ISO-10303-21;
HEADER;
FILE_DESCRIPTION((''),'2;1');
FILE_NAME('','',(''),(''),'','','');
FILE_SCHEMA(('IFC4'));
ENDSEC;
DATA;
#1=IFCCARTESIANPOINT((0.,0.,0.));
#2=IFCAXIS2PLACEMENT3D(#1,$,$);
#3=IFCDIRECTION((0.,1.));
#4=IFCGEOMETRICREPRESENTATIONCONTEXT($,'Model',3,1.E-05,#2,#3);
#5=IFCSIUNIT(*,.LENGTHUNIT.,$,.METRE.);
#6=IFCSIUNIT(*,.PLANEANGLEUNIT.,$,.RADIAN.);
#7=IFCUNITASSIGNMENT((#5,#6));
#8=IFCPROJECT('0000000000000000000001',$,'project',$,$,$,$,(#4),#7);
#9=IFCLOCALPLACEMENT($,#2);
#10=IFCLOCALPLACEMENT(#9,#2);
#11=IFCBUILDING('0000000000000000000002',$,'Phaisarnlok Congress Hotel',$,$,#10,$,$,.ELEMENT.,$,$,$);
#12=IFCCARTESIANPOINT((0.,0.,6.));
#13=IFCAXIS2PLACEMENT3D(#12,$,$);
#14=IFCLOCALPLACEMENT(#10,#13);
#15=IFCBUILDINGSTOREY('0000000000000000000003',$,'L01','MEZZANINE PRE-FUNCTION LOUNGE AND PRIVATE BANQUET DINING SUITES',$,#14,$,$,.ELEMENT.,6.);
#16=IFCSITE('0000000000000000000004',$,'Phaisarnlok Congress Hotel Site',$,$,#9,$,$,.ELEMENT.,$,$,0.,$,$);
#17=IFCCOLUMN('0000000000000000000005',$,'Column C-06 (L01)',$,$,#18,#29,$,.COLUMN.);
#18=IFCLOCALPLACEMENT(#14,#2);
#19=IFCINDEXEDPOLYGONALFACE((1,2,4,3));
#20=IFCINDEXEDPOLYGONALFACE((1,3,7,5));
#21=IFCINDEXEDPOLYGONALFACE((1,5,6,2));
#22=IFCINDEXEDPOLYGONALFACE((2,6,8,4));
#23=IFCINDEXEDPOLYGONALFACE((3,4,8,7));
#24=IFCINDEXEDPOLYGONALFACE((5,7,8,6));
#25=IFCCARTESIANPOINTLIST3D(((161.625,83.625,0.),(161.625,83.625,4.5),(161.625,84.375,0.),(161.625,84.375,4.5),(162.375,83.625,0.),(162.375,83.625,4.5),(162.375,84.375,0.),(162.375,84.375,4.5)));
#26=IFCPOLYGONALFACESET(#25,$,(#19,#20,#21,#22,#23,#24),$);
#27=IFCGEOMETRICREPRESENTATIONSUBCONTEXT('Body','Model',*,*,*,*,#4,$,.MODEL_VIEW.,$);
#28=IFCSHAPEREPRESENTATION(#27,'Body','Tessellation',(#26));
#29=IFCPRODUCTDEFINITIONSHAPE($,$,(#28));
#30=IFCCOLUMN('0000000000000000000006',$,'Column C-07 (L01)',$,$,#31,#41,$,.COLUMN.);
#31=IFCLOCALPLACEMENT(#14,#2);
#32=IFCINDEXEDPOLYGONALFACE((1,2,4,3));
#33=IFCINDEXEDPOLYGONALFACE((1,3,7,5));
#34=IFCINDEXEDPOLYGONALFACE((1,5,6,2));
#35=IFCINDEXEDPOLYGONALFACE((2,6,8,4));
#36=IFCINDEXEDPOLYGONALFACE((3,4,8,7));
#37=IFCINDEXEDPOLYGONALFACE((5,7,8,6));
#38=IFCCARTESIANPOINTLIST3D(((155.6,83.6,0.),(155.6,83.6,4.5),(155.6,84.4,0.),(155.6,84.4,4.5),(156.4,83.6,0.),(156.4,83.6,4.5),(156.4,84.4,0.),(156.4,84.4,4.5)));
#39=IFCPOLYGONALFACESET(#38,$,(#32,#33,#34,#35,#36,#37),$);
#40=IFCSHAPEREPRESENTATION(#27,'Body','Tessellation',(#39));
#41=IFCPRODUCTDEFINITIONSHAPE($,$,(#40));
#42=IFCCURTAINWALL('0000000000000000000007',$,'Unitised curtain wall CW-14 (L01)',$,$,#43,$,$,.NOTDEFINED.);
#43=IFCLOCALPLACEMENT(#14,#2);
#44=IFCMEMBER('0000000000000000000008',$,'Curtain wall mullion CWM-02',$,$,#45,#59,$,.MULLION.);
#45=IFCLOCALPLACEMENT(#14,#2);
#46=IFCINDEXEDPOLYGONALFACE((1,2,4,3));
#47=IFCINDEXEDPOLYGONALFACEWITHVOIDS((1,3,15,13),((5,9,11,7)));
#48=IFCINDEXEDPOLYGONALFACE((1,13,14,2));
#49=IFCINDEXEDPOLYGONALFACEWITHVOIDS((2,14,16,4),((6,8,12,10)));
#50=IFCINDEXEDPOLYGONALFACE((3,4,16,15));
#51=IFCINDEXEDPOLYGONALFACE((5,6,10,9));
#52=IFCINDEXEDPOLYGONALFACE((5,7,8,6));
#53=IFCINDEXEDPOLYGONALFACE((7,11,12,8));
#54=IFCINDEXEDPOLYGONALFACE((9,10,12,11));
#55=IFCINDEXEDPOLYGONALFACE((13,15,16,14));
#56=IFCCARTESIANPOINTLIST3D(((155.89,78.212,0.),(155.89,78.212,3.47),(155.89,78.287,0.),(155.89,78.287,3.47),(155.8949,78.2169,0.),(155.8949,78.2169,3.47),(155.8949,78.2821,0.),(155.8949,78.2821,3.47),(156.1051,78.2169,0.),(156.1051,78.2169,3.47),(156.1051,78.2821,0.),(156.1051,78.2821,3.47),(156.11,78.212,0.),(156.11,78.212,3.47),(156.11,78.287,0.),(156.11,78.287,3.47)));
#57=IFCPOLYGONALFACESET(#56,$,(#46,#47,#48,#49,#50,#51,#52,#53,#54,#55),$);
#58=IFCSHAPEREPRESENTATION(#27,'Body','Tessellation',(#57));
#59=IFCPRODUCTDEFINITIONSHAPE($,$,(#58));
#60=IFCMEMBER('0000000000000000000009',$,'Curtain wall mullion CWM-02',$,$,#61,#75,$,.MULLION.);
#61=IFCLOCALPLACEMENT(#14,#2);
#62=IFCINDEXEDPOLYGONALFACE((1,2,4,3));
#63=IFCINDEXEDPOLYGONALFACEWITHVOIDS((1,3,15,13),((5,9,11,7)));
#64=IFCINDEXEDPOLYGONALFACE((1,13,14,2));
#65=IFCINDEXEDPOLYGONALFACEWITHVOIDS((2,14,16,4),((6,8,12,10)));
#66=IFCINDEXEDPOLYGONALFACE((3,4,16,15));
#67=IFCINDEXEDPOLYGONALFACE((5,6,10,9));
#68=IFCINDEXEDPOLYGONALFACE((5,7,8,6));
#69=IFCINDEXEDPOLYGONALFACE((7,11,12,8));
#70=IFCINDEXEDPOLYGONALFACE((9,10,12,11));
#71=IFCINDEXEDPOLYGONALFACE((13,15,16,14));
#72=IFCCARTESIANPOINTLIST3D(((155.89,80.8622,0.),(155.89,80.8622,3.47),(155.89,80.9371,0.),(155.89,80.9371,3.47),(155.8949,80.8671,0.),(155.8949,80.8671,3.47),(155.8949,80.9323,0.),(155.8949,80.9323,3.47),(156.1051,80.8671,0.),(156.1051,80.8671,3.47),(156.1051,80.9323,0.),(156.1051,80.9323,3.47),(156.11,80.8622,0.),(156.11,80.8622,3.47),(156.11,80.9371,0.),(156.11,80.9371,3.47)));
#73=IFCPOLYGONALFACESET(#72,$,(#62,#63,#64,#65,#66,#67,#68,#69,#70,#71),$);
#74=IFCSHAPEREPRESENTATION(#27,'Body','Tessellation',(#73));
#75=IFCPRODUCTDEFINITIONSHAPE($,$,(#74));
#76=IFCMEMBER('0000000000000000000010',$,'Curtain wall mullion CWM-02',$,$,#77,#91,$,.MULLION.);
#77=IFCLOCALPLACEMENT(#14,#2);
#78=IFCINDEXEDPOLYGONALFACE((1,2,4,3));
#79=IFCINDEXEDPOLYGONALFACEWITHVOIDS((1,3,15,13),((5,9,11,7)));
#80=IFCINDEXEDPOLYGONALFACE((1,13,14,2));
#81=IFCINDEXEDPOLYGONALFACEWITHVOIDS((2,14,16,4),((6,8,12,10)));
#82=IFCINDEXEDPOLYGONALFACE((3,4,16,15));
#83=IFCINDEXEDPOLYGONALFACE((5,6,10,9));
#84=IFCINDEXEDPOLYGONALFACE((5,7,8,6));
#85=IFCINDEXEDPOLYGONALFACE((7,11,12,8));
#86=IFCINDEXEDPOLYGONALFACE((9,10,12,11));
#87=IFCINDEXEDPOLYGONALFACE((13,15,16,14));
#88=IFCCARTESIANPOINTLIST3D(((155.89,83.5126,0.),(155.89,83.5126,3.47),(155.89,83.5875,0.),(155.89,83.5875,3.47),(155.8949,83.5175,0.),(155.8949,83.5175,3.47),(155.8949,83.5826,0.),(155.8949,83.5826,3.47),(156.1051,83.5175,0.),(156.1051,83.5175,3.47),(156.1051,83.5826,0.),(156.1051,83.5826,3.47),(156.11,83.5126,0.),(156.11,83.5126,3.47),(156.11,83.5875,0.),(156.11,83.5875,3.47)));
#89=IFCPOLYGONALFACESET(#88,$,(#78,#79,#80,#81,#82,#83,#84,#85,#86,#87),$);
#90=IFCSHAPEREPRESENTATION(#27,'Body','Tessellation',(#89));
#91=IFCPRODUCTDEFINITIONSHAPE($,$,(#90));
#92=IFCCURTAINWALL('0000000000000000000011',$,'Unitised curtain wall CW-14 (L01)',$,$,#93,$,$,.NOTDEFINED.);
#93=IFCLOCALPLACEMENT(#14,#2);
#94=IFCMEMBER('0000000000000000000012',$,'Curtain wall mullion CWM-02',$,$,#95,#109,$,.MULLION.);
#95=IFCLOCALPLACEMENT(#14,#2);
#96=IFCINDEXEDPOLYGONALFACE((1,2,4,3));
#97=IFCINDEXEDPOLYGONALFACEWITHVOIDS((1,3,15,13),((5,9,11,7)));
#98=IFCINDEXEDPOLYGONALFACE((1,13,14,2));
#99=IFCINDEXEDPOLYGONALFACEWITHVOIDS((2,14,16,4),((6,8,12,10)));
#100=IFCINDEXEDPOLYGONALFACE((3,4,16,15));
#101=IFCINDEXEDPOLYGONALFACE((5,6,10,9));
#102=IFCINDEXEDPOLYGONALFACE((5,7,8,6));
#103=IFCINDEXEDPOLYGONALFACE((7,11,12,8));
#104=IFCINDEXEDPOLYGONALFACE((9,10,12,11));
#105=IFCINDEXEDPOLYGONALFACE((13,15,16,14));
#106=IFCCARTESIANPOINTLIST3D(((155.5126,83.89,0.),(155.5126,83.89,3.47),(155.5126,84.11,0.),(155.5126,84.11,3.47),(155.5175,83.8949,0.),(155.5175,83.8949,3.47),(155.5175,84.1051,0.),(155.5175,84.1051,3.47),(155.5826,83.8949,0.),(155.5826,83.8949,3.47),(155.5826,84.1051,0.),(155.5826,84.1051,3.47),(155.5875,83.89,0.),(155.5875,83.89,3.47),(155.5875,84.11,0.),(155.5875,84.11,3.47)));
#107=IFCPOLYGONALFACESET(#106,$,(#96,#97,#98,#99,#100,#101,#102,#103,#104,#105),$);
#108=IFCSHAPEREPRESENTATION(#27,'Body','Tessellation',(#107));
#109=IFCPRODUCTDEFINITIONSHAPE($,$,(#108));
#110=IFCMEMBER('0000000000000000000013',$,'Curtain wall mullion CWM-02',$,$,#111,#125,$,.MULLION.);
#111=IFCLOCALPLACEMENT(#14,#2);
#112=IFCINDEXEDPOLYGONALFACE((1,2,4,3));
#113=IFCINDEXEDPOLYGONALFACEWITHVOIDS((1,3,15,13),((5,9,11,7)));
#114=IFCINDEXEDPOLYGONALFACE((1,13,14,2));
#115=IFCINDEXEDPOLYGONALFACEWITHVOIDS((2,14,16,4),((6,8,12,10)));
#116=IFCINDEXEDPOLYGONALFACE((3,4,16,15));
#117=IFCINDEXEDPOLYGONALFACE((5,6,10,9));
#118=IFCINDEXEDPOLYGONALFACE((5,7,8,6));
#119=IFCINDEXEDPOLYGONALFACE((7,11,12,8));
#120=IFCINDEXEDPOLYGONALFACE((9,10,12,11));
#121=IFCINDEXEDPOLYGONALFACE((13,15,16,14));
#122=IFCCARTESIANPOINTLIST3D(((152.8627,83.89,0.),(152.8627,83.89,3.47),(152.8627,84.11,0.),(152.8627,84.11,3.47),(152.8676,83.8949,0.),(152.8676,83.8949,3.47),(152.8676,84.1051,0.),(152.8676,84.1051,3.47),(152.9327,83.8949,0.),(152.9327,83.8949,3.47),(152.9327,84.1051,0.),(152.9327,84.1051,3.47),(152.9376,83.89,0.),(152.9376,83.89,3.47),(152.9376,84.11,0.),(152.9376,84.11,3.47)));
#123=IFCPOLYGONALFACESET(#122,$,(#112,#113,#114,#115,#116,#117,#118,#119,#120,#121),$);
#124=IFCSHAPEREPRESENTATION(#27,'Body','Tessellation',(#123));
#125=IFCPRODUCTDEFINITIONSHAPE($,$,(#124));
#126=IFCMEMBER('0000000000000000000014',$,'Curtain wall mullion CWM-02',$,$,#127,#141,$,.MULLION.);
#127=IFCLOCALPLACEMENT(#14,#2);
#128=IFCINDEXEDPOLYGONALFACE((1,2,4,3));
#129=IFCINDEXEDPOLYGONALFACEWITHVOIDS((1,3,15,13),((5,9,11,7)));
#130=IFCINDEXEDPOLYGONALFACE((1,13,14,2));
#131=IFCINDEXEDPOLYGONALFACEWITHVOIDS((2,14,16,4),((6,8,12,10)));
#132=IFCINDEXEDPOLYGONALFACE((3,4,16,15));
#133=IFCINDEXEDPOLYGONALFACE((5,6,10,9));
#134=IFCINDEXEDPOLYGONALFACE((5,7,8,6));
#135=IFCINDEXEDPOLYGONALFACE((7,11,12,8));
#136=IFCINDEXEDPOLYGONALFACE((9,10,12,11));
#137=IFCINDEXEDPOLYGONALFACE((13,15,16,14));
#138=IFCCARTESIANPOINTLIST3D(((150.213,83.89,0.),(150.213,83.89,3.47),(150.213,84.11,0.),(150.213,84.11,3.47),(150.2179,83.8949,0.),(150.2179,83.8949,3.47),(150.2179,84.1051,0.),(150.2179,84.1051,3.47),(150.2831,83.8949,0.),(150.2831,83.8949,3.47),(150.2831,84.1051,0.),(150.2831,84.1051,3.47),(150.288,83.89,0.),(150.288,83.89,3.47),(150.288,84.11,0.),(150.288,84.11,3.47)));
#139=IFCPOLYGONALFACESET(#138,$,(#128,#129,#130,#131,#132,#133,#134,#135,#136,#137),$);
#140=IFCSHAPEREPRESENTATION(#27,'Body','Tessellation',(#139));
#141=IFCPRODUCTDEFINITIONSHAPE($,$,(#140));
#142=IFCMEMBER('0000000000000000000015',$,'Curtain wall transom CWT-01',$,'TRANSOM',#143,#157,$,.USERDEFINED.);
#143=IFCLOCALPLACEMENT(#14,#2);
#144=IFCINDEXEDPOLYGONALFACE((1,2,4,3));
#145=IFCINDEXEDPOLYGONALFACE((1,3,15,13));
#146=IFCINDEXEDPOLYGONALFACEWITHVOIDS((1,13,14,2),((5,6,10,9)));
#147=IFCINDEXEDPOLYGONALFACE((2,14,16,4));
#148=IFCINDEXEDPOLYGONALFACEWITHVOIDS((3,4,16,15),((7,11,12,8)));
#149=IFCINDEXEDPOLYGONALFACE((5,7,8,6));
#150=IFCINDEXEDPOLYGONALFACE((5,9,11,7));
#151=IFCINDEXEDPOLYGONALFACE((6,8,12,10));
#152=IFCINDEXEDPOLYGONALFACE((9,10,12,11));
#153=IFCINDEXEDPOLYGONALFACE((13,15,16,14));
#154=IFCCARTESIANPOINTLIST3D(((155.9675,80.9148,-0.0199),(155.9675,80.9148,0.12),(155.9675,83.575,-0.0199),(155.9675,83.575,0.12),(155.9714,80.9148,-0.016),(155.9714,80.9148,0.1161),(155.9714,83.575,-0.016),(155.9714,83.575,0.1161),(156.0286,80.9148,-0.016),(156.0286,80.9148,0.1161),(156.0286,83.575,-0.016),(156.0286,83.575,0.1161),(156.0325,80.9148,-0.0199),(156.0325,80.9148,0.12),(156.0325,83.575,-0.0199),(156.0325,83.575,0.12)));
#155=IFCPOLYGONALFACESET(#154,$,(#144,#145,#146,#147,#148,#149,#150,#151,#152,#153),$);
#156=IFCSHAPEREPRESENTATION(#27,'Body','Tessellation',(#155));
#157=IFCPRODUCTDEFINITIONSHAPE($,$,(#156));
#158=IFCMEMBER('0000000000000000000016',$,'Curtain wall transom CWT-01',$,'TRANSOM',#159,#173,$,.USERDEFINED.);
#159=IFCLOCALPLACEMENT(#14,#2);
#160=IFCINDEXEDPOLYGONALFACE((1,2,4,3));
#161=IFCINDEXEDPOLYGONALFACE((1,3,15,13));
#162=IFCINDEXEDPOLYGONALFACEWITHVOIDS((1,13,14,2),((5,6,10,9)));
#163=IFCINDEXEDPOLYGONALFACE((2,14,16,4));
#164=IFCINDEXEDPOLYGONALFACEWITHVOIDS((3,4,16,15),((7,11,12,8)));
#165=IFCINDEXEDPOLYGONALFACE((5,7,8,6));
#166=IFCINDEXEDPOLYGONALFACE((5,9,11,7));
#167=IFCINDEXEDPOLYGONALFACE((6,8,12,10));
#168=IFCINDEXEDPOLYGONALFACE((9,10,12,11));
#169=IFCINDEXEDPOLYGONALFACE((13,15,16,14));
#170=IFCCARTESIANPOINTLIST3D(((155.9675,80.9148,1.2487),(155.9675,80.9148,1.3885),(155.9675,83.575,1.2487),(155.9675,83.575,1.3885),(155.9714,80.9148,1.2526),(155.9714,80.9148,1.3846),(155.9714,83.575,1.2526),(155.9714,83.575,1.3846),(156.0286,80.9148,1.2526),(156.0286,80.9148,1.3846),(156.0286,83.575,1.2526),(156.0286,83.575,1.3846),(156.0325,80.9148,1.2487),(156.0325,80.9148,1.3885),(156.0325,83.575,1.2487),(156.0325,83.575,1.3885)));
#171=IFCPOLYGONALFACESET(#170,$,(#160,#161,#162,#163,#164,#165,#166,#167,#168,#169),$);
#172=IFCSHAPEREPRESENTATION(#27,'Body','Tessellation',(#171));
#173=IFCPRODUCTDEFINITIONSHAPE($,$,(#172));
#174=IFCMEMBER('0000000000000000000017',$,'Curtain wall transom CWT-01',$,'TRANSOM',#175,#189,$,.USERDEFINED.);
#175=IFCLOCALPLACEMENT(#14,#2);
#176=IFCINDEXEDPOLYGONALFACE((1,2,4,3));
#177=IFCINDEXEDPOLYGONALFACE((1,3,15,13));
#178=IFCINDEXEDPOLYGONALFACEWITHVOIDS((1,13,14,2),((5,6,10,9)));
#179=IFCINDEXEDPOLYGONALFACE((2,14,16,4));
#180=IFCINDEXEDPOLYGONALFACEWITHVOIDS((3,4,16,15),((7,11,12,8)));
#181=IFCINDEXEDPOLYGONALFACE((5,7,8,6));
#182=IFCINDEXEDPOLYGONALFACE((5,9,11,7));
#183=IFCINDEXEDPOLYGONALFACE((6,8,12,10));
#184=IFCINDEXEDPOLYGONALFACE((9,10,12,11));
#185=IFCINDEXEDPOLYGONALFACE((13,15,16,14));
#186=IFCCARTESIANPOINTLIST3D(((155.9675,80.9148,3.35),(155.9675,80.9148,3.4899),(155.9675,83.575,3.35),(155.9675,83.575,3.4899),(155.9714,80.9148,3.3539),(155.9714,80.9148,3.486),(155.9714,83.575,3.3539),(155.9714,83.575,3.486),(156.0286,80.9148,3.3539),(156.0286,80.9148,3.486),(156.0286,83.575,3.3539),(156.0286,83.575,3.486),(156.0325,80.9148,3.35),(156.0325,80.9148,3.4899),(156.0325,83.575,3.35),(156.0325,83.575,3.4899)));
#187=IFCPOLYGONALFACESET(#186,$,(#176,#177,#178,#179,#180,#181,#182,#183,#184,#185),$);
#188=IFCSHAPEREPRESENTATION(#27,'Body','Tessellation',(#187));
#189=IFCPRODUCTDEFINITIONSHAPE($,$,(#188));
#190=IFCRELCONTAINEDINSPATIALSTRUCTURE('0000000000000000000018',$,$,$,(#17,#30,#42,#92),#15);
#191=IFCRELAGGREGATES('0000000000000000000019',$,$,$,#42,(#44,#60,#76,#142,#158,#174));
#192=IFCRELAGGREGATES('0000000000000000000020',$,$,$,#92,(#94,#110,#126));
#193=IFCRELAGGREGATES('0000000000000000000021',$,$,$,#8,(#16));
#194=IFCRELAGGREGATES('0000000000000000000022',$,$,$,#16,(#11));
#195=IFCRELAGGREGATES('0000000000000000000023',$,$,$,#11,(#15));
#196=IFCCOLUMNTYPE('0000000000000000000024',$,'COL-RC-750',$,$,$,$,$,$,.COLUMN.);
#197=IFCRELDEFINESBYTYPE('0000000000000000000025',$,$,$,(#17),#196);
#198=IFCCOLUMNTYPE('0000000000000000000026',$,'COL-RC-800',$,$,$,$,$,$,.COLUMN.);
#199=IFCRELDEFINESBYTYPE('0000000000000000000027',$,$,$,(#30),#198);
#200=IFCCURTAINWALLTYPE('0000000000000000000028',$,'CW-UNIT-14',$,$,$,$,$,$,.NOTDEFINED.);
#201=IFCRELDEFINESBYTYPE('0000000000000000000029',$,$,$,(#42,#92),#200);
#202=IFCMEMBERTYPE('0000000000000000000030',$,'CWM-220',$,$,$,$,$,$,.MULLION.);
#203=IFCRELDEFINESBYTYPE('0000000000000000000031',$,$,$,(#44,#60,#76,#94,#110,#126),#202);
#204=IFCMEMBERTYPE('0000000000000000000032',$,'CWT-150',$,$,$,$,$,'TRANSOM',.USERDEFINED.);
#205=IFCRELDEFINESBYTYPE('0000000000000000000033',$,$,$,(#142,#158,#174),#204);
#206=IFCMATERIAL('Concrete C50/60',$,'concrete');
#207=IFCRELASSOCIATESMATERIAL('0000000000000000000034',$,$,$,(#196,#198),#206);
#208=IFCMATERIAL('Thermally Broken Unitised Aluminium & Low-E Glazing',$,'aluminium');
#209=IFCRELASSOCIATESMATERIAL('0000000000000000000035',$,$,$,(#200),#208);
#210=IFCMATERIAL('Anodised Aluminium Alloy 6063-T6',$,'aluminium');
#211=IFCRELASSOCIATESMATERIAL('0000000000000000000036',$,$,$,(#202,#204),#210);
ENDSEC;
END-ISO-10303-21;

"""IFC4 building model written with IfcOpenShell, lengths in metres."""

from ifc_helpers import new_model, si_unit, direction, frame, origin, origin_2d, place, context, subcontext, project, spatial, rectangle, hollow_rectangle, extrude, material, material_profile, profile_set, type_object, element, aggregate, save


model = new_model("IFC4")

# Units and contexts
model_context = context("Model", 3, precision=1e-05, world=origin(), true_north=direction((0.0, 1.0)))
body_context = subcontext(model_context, "Body", "Model", "MODEL_VIEW")
ifc_project = project(units=[si_unit("LENGTHUNIT", "METRE"), si_unit("PLANEANGLEUNIT", "RADIAN")], contexts=[model_context])

# Site, building, storey
site_placement = place(None, origin())
site = spatial("IfcSite", under=ifc_project, at=site_placement, Name="Phaisarnlok Congress Hotel Site", CompositionType="ELEMENT", RefElevation=0.0)
building_placement = place(site_placement, origin())
building = spatial("IfcBuilding", under=site, at=building_placement, Name="Phaisarnlok Congress Hotel", CompositionType="ELEMENT")
storey_placement = place(building_placement, frame((0.0, 0.0, 6.0)))
storey = spatial("IfcBuildingStorey", under=building, at=storey_placement, Name="L01", Description="MEZZANINE PRE-FUNCTION LOUNGE AND PRIVATE BANQUET DINING SUITES", CompositionType="ELEMENT", Elevation=6.0)

# Columns
ifc_material_1 = material(Name="Concrete C50/60", Category="concrete")
ifc_material_profile_1 = material_profile(ifc_material_1, rectangle(XDim=0.75, YDim=0.75, at=origin_2d()), Name="RC 750x750")
ifc_profile_set_1 = profile_set([ifc_material_profile_1], Name="Concrete C50/60")
column_type_1 = type_object("IfcColumnType", Name="COL-RC-750", PredefinedType="COLUMN", material=ifc_profile_set_1)
column_1_placement = place(storey_placement, frame((162.0, 84.0, 0.0), z_axis=(0.0, 0.0, 1.0), x_axis=(1.0, 0.0, 0.0)))
element("IfcColumn", 1, at=column_1_placement, inside=storey, type_object=column_type_1, Name="Column C-06 (L01)", PredefinedType="COLUMN", context=body_context, shape_type="SweptSolid", body=[
    extrude(rectangle(XDim=0.75, YDim=0.75, at=origin_2d()), origin(), (0.0, 0.0, 1.0), 4.5),
])
ifc_material_profile_2 = material_profile(ifc_material_1, rectangle(XDim=0.8, YDim=0.8, at=origin_2d()), Name="RC 800x800")
ifc_profile_set_2 = profile_set([ifc_material_profile_2], Name="Concrete C50/60")
column_type_2 = type_object("IfcColumnType", Name="COL-RC-800", PredefinedType="COLUMN", material=ifc_profile_set_2)
column_2_placement = place(storey_placement, frame((156.0, 84.0, 0.0), z_axis=(0.0, 0.0, 1.0), x_axis=(1.0, 0.0, 0.0)))
element("IfcColumn", 2, at=column_2_placement, inside=storey, type_object=column_type_2, Name="Column C-07 (L01)", PredefinedType="COLUMN", context=body_context, shape_type="SweptSolid", body=[
    extrude(rectangle(XDim=0.8, YDim=0.8, at=origin_2d()), origin(), (0.0, 0.0, 1.0), 4.5),
])

# Curtain walls, members
ifc_material_2 = material(Name="Thermally Broken Unitised Aluminium & Low-E Glazing", Category="aluminium")
curtain_wall_type = type_object("IfcCurtainWallType", Name="CW-UNIT-14", PredefinedType="NOTDEFINED", material=ifc_material_2)
curtain_wall_1_placement = place(storey_placement, origin())
curtain_wall_1 = element("IfcCurtainWall", 3, at=curtain_wall_1_placement, inside=storey, type_object=curtain_wall_type, Name="Unitised curtain wall CW-14 (L01)", PredefinedType="NOTDEFINED")
ifc_material_3 = material(Name="Anodised Aluminium Alloy 6063-T6", Category="aluminium")
ifc_material_profile_3 = material_profile(ifc_material_3, hollow_rectangle(XDim=0.075, YDim=0.22, WallThickness=0.0049, at=origin_2d()), Name="ALU-M 75x220x5")
ifc_profile_set_3 = profile_set([ifc_material_profile_3], Name="Anodised Aluminium Alloy 6063-T6")
member_type_1 = type_object("IfcMemberType", Name="CWM-220", PredefinedType="MULLION", material=ifc_profile_set_3)
member_1_placement = place(storey_placement, frame((156.0, 78.2495, 0.0), z_axis=(0.0, 0.0, 1.0), x_axis=(0.0, 1.0, 0.0)))
member_1 = element("IfcMember", 4, at=member_1_placement, type_object=member_type_1, Name="Curtain wall mullion CWM-02", PredefinedType="MULLION", context=body_context, shape_type="SweptSolid", body=[
    extrude(hollow_rectangle(XDim=0.075, YDim=0.22, WallThickness=0.0049, at=origin_2d()), origin(), (0.0, 0.0, 1.0), 3.47),
])
member_2_placement = place(storey_placement, frame((156.0, 80.8997, 0.0), z_axis=(0.0, 0.0, 1.0), x_axis=(0.0, 1.0, 0.0)))
member_2 = element("IfcMember", 5, at=member_2_placement, type_object=member_type_1, Name="Curtain wall mullion CWM-02", PredefinedType="MULLION", context=body_context, shape_type="SweptSolid", body=[
    extrude(hollow_rectangle(XDim=0.075, YDim=0.22, WallThickness=0.0049, at=origin_2d()), origin(), (0.0, 0.0, 1.0), 3.47),
])
member_3_placement = place(storey_placement, frame((156.0, 83.55, 0.0), z_axis=(0.0, 0.0, 1.0), x_axis=(0.0, 1.0, 0.0)))
member_3 = element("IfcMember", 6, at=member_3_placement, type_object=member_type_1, Name="Curtain wall mullion CWM-02", PredefinedType="MULLION", context=body_context, shape_type="SweptSolid", body=[
    extrude(hollow_rectangle(XDim=0.075, YDim=0.22, WallThickness=0.0049, at=origin_2d()), origin(), (0.0, 0.0, 1.0), 3.47),
])
curtain_wall_2_placement = place(storey_placement, origin())
curtain_wall_2 = element("IfcCurtainWall", 7, at=curtain_wall_2_placement, inside=storey, type_object=curtain_wall_type, Name="Unitised curtain wall CW-14 (L01)", PredefinedType="NOTDEFINED")
member_4_placement = place(storey_placement, frame((155.55, 84.0, 0.0), z_axis=(0.0, 0.0, 1.0), x_axis=(-1.0, 0.0, 0.0)))
member_4 = element("IfcMember", 8, at=member_4_placement, type_object=member_type_1, Name="Curtain wall mullion CWM-02", PredefinedType="MULLION", context=body_context, shape_type="SweptSolid", body=[
    extrude(hollow_rectangle(XDim=0.075, YDim=0.22, WallThickness=0.0049, at=origin_2d()), origin(), (0.0, 0.0, 1.0), 3.47),
])
member_5_placement = place(storey_placement, frame((152.9001, 84.0, 0.0), z_axis=(0.0, 0.0, 1.0), x_axis=(-1.0, 0.0, 0.0)))
member_5 = element("IfcMember", 9, at=member_5_placement, type_object=member_type_1, Name="Curtain wall mullion CWM-02", PredefinedType="MULLION", context=body_context, shape_type="SweptSolid", body=[
    extrude(hollow_rectangle(XDim=0.075, YDim=0.22, WallThickness=0.0049, at=origin_2d()), origin(), (0.0, 0.0, 1.0), 3.47),
])
member_6_placement = place(storey_placement, frame((150.2505, 84.0, 0.0), z_axis=(0.0, 0.0, 1.0), x_axis=(-1.0, 0.0, 0.0)))
member_6 = element("IfcMember", 10, at=member_6_placement, type_object=member_type_1, Name="Curtain wall mullion CWM-02", PredefinedType="MULLION", context=body_context, shape_type="SweptSolid", body=[
    extrude(hollow_rectangle(XDim=0.075, YDim=0.22, WallThickness=0.0049, at=origin_2d()), origin(), (0.0, 0.0, 1.0), 3.47),
])

# Members
ifc_material_profile_4 = material_profile(ifc_material_3, hollow_rectangle(XDim=0.0649, YDim=0.1399, WallThickness=0.0039, at=origin_2d()), Name="ALU-T 65x140x4")
ifc_profile_set_4 = profile_set([ifc_material_profile_4], Name="Anodised Aluminium Alloy 6063-T6")
member_type_2 = type_object("IfcMemberType", Name="CWT-150", ElementType="TRANSOM", PredefinedType="USERDEFINED", material=ifc_profile_set_4)
member_7_placement = place(storey_placement, frame((156.0, 80.9148, 0.05), z_axis=(0.0, 1.0, 0.0), x_axis=(-1.0, 0.0, 0.0)))
member_7 = element("IfcMember", 11, at=member_7_placement, type_object=member_type_2, Name="Curtain wall transom CWT-01", ObjectType="TRANSOM", PredefinedType="USERDEFINED", context=body_context, shape_type="SweptSolid", body=[
    extrude(hollow_rectangle(XDim=0.0649, YDim=0.1399, WallThickness=0.0039, at=origin_2d()), origin(), (0.0, 0.0, 1.0), 2.6602),
])
member_8_placement = place(storey_placement, frame((156.0, 80.9148, 1.3186), z_axis=(0.0, 1.0, 0.0), x_axis=(-1.0, 0.0, 0.0)))
member_8 = element("IfcMember", 12, at=member_8_placement, type_object=member_type_2, Name="Curtain wall transom CWT-01", ObjectType="TRANSOM", PredefinedType="USERDEFINED", context=body_context, shape_type="SweptSolid", body=[
    extrude(hollow_rectangle(XDim=0.0649, YDim=0.1399, WallThickness=0.0039, at=origin_2d()), origin(), (0.0, 0.0, 1.0), 2.6602),
])
member_9_placement = place(storey_placement, frame((156.0, 80.9148, 3.4199), z_axis=(0.0, 1.0, 0.0), x_axis=(-1.0, 0.0, 0.0)))
member_9 = element("IfcMember", 13, at=member_9_placement, type_object=member_type_2, Name="Curtain wall transom CWT-01", ObjectType="TRANSOM", PredefinedType="USERDEFINED", context=body_context, shape_type="SweptSolid", body=[
    extrude(hollow_rectangle(XDim=0.0649, YDim=0.1399, WallThickness=0.0039, at=origin_2d()), origin(), (0.0, 0.0, 1.0), 2.6602),
])

aggregate(curtain_wall_1, [member_1, member_2, member_3, member_7, member_8, member_9])
aggregate(curtain_wall_2, [member_4, member_5, member_6])

save(model, "model.ifc")
